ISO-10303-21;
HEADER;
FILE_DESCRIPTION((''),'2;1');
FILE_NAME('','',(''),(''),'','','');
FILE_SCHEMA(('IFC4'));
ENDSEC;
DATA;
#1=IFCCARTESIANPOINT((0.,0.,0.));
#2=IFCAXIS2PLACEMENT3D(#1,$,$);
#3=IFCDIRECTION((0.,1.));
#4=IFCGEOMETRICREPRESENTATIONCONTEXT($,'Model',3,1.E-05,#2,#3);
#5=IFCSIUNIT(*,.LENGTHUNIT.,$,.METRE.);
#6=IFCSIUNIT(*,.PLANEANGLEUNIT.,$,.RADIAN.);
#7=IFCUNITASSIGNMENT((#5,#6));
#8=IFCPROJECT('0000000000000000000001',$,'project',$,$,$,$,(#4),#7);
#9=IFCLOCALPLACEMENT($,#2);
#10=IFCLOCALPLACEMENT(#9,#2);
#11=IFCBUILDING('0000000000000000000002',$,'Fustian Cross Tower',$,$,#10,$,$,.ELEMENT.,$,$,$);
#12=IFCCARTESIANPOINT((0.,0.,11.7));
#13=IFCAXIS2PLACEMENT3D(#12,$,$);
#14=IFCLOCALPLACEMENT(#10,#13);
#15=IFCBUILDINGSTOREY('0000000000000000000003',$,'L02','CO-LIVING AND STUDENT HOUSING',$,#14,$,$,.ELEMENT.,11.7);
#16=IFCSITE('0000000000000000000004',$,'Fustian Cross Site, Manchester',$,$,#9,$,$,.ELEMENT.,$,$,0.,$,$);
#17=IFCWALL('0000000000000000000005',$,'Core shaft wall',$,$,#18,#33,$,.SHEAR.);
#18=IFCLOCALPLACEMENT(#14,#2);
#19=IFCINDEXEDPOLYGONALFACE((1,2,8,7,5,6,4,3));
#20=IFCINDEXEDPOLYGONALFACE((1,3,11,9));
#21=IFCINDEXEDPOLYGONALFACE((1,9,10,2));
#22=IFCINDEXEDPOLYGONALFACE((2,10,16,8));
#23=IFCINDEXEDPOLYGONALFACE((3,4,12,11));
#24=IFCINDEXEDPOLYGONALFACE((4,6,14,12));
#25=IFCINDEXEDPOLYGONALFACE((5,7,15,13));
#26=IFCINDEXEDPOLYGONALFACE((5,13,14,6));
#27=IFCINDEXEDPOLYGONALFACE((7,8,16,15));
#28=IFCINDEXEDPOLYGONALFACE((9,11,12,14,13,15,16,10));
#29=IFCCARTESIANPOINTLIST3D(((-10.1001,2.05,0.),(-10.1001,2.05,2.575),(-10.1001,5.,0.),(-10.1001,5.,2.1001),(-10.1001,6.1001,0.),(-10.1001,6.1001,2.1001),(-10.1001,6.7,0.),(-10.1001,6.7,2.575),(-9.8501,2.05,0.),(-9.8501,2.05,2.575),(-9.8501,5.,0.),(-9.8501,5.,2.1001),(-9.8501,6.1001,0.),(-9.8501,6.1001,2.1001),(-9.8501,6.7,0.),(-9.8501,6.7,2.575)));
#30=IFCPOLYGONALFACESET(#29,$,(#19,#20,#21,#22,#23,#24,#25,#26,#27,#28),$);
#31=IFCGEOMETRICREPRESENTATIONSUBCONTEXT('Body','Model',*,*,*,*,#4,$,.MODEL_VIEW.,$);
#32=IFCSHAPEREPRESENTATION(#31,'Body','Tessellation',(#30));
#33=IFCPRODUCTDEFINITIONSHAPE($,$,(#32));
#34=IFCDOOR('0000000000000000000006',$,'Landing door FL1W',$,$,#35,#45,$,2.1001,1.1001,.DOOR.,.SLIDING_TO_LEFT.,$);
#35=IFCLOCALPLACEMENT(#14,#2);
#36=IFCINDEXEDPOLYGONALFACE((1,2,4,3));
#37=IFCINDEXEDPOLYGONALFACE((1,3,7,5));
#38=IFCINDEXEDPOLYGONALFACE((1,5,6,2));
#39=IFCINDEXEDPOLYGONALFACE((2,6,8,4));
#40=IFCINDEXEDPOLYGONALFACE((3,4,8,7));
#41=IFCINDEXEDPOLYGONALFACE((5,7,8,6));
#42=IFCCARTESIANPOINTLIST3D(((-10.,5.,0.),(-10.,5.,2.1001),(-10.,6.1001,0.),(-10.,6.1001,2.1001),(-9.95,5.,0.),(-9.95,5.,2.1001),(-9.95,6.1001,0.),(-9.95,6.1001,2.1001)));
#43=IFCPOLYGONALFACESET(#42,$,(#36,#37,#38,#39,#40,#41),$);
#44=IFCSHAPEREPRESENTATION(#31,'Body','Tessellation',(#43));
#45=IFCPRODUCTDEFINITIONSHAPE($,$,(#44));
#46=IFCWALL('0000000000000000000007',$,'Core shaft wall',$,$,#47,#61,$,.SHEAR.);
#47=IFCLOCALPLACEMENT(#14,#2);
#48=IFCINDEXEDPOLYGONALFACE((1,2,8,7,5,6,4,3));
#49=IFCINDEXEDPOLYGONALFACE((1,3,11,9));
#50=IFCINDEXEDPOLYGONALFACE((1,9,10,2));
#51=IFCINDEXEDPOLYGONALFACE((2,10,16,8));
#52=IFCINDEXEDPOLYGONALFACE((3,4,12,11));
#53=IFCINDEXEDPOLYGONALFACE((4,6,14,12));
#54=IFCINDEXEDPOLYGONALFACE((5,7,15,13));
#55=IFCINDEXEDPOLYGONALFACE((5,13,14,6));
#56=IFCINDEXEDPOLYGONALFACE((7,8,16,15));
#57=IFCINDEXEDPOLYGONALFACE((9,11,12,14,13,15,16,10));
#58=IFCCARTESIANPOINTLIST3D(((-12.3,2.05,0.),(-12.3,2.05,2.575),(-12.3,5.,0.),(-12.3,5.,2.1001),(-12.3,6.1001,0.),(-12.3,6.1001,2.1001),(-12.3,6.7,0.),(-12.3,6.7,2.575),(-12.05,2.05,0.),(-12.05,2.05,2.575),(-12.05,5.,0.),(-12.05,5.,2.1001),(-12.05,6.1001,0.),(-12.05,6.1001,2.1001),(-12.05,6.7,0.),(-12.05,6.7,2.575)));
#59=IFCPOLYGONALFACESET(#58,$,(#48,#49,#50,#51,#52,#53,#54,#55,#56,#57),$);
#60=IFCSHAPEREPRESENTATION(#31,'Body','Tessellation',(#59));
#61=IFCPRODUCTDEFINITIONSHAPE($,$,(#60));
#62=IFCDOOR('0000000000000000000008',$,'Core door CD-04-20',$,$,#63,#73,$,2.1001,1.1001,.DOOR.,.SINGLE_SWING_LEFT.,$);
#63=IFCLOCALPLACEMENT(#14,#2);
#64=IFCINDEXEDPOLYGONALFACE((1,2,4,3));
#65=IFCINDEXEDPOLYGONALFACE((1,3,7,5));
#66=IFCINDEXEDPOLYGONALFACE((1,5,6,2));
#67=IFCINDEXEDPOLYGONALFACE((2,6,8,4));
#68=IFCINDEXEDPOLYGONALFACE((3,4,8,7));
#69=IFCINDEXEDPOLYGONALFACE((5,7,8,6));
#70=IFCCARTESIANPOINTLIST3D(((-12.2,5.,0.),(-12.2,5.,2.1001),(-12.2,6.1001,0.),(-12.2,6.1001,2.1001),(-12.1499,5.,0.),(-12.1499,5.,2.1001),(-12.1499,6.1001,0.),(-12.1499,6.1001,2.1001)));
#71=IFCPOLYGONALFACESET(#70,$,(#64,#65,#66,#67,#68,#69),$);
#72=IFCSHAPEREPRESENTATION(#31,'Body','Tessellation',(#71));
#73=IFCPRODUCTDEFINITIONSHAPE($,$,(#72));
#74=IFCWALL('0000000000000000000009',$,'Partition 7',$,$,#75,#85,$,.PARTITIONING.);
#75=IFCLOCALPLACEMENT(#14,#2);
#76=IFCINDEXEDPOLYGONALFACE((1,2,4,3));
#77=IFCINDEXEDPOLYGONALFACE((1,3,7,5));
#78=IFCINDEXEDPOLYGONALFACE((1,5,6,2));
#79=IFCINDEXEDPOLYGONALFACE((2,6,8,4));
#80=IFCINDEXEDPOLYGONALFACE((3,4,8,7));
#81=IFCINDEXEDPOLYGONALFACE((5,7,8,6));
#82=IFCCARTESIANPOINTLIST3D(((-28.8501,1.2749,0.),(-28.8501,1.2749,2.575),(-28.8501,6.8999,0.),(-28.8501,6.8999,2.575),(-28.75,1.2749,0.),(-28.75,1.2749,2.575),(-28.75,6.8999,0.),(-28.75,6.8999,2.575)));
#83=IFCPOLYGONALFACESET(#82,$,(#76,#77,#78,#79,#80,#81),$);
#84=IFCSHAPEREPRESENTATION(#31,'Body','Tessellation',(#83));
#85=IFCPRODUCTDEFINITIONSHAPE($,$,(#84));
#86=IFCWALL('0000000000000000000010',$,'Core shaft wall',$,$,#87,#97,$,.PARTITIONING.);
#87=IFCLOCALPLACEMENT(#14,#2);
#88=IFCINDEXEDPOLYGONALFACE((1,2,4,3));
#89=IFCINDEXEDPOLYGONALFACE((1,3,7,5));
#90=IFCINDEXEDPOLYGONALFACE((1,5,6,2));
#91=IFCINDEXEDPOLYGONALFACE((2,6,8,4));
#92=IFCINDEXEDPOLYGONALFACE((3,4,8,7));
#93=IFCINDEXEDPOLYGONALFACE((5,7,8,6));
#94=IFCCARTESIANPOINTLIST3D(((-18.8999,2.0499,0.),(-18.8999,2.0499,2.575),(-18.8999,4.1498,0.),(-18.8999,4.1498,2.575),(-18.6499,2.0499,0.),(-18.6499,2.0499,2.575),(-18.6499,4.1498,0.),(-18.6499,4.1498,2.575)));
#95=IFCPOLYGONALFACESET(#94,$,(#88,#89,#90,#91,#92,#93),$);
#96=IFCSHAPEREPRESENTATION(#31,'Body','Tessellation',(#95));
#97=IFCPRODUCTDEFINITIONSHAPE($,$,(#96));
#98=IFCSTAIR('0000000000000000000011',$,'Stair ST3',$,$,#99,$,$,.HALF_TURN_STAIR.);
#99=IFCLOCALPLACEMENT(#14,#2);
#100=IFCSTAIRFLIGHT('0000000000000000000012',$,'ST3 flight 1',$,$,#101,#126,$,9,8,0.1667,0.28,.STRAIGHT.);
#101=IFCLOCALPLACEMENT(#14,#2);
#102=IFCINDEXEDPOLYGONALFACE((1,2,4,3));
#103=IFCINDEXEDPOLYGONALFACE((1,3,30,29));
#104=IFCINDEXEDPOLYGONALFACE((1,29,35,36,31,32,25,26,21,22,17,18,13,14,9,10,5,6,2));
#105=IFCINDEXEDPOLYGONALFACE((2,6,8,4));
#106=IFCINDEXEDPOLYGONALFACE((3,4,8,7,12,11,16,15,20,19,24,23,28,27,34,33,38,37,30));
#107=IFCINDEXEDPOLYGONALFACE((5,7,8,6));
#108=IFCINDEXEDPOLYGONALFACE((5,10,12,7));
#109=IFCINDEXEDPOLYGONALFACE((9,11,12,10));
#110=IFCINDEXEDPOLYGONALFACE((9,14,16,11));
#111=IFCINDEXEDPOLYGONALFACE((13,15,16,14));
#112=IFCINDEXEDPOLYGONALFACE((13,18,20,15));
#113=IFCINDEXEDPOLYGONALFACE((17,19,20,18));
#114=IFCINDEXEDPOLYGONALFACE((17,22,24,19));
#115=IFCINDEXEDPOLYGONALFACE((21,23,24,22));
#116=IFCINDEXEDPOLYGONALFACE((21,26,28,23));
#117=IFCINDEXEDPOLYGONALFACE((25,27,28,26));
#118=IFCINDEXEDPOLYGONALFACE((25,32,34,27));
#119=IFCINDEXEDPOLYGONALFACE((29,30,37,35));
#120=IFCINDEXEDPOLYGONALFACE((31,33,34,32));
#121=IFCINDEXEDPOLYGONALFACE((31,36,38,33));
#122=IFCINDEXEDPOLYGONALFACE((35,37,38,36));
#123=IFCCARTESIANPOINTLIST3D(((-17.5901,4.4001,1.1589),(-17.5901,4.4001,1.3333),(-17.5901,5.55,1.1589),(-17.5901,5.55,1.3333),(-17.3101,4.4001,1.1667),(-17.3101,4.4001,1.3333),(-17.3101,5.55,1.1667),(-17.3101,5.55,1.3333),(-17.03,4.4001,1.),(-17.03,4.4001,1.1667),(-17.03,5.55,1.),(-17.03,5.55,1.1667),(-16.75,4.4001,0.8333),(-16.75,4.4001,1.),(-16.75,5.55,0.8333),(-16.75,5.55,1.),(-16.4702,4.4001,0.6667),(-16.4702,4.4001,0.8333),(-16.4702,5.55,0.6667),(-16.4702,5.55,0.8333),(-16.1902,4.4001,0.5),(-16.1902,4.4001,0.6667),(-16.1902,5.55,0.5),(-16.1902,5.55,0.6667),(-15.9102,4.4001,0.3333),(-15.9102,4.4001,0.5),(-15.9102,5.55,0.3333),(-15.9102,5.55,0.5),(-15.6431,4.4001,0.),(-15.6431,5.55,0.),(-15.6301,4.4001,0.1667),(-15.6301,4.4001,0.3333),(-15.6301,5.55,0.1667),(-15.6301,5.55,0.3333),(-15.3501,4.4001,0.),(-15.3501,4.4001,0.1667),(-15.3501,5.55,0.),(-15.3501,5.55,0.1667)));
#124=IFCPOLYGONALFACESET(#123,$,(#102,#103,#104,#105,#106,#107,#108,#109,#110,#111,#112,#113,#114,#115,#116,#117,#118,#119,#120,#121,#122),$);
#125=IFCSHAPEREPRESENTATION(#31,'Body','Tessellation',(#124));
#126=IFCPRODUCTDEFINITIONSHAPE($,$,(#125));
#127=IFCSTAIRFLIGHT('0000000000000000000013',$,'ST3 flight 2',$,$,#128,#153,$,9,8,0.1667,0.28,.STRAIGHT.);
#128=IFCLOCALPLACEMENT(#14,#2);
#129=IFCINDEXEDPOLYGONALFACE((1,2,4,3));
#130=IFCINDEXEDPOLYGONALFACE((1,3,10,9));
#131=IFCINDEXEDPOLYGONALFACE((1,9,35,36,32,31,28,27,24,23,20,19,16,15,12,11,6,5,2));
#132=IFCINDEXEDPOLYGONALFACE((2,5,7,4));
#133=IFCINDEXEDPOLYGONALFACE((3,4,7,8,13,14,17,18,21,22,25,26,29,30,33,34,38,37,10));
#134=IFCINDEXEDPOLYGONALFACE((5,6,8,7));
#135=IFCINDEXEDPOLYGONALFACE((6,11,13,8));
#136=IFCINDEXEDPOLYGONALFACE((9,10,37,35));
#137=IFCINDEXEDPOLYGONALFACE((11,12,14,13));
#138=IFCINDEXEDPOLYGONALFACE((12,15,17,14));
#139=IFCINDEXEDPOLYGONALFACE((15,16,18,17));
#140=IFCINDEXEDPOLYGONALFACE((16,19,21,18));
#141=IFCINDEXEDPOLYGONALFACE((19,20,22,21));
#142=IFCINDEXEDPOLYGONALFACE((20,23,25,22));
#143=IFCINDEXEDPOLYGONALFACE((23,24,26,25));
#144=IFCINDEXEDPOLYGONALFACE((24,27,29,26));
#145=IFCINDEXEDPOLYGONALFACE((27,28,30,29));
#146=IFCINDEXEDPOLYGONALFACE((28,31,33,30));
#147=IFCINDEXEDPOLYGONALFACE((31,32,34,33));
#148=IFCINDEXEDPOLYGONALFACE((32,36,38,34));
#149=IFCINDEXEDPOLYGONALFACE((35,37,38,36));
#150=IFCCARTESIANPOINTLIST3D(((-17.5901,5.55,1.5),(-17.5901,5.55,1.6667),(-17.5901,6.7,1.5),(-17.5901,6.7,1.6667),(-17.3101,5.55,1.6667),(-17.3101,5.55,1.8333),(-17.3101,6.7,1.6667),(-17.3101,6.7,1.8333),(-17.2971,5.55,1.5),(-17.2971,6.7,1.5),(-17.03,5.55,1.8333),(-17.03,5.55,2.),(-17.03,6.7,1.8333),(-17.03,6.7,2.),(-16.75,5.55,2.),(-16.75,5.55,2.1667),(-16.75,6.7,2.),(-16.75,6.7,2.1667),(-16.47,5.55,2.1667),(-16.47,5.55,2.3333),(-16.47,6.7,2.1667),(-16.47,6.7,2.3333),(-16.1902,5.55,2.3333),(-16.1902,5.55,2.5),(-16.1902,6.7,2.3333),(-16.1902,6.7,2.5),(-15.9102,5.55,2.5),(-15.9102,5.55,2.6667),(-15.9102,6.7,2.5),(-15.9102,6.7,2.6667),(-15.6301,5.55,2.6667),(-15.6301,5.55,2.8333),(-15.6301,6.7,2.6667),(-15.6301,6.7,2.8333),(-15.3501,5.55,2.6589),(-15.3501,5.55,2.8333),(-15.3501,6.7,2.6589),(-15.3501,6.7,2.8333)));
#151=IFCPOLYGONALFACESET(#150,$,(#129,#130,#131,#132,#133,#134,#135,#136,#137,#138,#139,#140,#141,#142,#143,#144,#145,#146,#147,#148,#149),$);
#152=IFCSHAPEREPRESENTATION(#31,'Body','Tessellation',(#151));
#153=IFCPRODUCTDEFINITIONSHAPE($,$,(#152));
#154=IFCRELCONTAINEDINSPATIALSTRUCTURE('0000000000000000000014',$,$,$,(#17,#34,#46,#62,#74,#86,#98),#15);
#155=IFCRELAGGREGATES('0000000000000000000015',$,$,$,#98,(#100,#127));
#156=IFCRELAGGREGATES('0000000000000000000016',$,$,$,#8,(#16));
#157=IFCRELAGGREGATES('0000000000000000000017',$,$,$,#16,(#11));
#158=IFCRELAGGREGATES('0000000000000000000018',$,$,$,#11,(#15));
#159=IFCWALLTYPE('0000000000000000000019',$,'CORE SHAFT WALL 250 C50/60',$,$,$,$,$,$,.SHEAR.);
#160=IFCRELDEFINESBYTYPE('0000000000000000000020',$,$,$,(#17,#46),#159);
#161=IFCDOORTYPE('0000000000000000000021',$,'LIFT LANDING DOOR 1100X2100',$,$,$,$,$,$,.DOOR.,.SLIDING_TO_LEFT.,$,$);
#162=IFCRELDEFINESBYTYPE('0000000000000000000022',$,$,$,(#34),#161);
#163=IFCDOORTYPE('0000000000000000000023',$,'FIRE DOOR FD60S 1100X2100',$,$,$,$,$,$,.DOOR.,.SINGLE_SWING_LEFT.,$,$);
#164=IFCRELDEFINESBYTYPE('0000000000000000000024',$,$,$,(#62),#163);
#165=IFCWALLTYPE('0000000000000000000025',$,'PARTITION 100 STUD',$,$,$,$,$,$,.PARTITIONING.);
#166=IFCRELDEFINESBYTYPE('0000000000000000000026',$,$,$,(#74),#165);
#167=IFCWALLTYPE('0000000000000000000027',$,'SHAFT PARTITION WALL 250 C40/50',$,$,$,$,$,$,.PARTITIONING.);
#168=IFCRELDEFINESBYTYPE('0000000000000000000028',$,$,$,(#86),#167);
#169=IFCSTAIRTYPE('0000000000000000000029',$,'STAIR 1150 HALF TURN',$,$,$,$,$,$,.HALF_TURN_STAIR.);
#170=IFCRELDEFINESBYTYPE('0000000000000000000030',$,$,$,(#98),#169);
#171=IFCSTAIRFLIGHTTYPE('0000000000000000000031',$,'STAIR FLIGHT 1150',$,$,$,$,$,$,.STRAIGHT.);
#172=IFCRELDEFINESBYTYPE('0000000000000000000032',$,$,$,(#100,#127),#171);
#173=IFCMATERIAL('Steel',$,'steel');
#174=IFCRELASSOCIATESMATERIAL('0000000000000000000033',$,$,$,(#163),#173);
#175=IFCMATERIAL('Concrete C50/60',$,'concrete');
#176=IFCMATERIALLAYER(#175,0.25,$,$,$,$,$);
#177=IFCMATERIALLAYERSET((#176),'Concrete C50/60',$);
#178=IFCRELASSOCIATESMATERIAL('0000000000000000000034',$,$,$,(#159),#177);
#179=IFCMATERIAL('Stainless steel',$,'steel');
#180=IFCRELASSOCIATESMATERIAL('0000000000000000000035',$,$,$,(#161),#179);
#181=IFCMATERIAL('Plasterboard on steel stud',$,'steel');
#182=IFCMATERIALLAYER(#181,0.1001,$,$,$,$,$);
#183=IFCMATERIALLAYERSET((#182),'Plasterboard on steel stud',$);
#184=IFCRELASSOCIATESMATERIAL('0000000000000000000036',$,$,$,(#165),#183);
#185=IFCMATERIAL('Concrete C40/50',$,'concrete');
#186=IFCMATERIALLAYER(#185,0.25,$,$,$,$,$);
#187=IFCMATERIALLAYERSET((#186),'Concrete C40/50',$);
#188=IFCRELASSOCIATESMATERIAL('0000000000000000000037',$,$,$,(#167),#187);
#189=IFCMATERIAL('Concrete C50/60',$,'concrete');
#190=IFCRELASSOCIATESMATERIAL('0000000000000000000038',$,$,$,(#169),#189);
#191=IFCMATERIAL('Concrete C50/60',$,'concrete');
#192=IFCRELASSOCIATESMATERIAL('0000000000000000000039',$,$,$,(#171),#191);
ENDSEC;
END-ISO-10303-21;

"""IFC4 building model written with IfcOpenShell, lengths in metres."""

from ifc_helpers import new_model, si_unit, direction, frame, frame_2d, origin, place, context, subcontext, project, spatial, polyline, rectangle, outline, extrude, material, layer, layer_set, type_object, element, fill, aggregate, save


model = new_model("IFC4")

# Units and contexts
model_context = context("Model", 3, precision=1e-05, world=origin(), true_north=direction((0.0, 1.0)))
body_context = subcontext(model_context, "Body", "Model", "MODEL_VIEW")
ifc_project = project(units=[si_unit("LENGTHUNIT", "METRE"), si_unit("PLANEANGLEUNIT", "RADIAN")], contexts=[model_context])

# Site, building, storey
site_placement = place(None, origin())
site = spatial("IfcSite", under=ifc_project, at=site_placement, Name="Fustian Cross Site, Manchester", CompositionType="ELEMENT", RefElevation=0.0)
building_placement = place(site_placement, origin())
building = spatial("IfcBuilding", under=site, at=building_placement, Name="Fustian Cross Tower", CompositionType="ELEMENT")
storey_placement = place(building_placement, frame((0.0, 0.0, 11.7)))
storey = spatial("IfcBuildingStorey", under=building, at=storey_placement, Name="L02", Description="CO-LIVING AND STUDENT HOUSING", CompositionType="ELEMENT", Elevation=11.7)

# Shared definitions
ifc_material_1 = material(Name="Steel", Category="steel")
door_type_1 = type_object("IfcDoorType", Name="FIRE DOOR FD60S 1100X2100", OperationType="SINGLE_SWING_LEFT", PredefinedType="DOOR", material=ifc_material_1)

# Shared definitions
ifc_material_2 = material(Name="Concrete C50/60", Category="concrete")
ifc_layer_1 = layer(ifc_material_2, 0.25)
ifc_layer_set_1 = layer_set([ifc_layer_1], Name="Concrete C50/60")
wall_type_1 = type_object("IfcWallType", Name="CORE SHAFT WALL 250 C50/60", PredefinedType="SHEAR", material=ifc_layer_set_1)

# Walls, openings, doors
wall_1_placement = place(storey_placement, frame((-9.9751, 2.05, 0.0), z_axis=(0.0, 0.0, 1.0), x_axis=(0.0, 1.0, 0.0)))
wall_1 = element("IfcWall", 1, at=wall_1_placement, inside=storey, type_object=wall_type_1, Name="Core shaft wall", PredefinedType="SHEAR", context=body_context, shape_type="SweptSolid", body=[
    extrude(rectangle(XDim=4.6499, YDim=0.25, at=frame_2d((2.325, 0.0))), origin(), (0.0, 0.0, 1.0), 2.575),
])
opening_1_placement = place(wall_1_placement, frame((2.95, 0.0, 0.0)))
opening_1 = element("IfcOpeningElement", 2, at=opening_1_placement, cuts=wall_1, PredefinedType="OPENING", context=body_context, shape_type="SweptSolid", body=[
    extrude(rectangle(XDim=1.1001, YDim=2.1001, at=frame_2d((0.55, 1.05))), frame((0.0, 0.135, 0.0), z_axis=(0.0, -1.0, 0.0), x_axis=(1.0, 0.0, 0.0)), (0.0, 0.0, 1.0), 0.27),
])
ifc_material_3 = material(Name="Stainless steel", Category="steel")
door_type_2 = type_object("IfcDoorType", Name="LIFT LANDING DOOR 1100X2100", OperationType="SLIDING_TO_LEFT", PredefinedType="DOOR", material=ifc_material_3)
door_1_placement = place(opening_1_placement, origin())
door_1 = element("IfcDoor", 3, at=door_1_placement, inside=storey, type_object=door_type_2, Name="Landing door FL1W", OperationType="SLIDING_TO_LEFT", OverallHeight=2.1001, OverallWidth=1.1001, PredefinedType="DOOR", context=body_context, shape_type="SweptSolid", body=[
    extrude(rectangle(XDim=1.1001, YDim=2.1001, at=frame_2d((0.55, 1.05))), frame((0.0, 0.0249, 0.0), z_axis=(0.0, -1.0, 0.0), x_axis=(1.0, 0.0, 0.0)), (0.0, 0.0, 1.0), 0.05),
])
fill(opening_1, door_1)
wall_2_placement = place(storey_placement, frame((-12.175, 2.05, 0.0), z_axis=(0.0, 0.0, 1.0), x_axis=(0.0, 1.0, 0.0)))
wall_2 = element("IfcWall", 4, at=wall_2_placement, inside=storey, type_object=wall_type_1, Name="Core shaft wall", PredefinedType="SHEAR", context=body_context, shape_type="SweptSolid", body=[
    extrude(rectangle(XDim=4.6499, YDim=0.25, at=frame_2d((2.325, 0.0))), origin(), (0.0, 0.0, 1.0), 2.575),
])
opening_2_placement = place(wall_2_placement, frame((2.95, 0.0, 0.0)))
opening_2 = element("IfcOpeningElement", 5, at=opening_2_placement, cuts=wall_2, PredefinedType="OPENING", context=body_context, shape_type="SweptSolid", body=[
    extrude(rectangle(XDim=1.1001, YDim=2.1001, at=frame_2d((0.55, 1.05))), frame((0.0, 0.135, 0.0), z_axis=(0.0, -1.0, 0.0), x_axis=(1.0, 0.0, 0.0)), (0.0, 0.0, 1.0), 0.27),
])
door_2_placement = place(opening_2_placement, origin())
door_2 = element("IfcDoor", 6, at=door_2_placement, inside=storey, type_object=door_type_1, Name="Core door CD-04-20", OperationType="SINGLE_SWING_LEFT", OverallHeight=2.1001, OverallWidth=1.1001, PredefinedType="DOOR", context=body_context, shape_type="SweptSolid", body=[
    extrude(rectangle(XDim=1.1001, YDim=2.1001, at=frame_2d((0.55, 1.05))), frame((0.0, 0.0249, 0.0), z_axis=(0.0, -1.0, 0.0), x_axis=(1.0, 0.0, 0.0)), (0.0, 0.0, 1.0), 0.05),
])
fill(opening_2, door_2)

# Walls
ifc_material_4 = material(Name="Plasterboard on steel stud", Category="steel")
ifc_layer_2 = layer(ifc_material_4, 0.1001)
ifc_layer_set_2 = layer_set([ifc_layer_2], Name="Plasterboard on steel stud")
wall_type_2 = type_object("IfcWallType", Name="PARTITION 100 STUD", PredefinedType="PARTITIONING", material=ifc_layer_set_2)
wall_3_placement = place(storey_placement, frame((-28.8, 1.2749, 0.0), z_axis=(0.0, 0.0, 1.0), x_axis=(0.0, 1.0, 0.0)))
element("IfcWall", 7, at=wall_3_placement, inside=storey, type_object=wall_type_2, Name="Partition 7", PredefinedType="PARTITIONING", context=body_context, shape_type="SweptSolid", body=[
    extrude(rectangle(XDim=5.625, YDim=0.1001, at=frame_2d((2.8125, 0.0))), origin(), (0.0, 0.0, 1.0), 2.575),
])
ifc_material_5 = material(Name="Concrete C40/50", Category="concrete")
ifc_layer_3 = layer(ifc_material_5, 0.25)
ifc_layer_set_3 = layer_set([ifc_layer_3], Name="Concrete C40/50")
wall_type_3 = type_object("IfcWallType", Name="SHAFT PARTITION WALL 250 C40/50", PredefinedType="PARTITIONING", material=ifc_layer_set_3)
wall_4_placement = place(storey_placement, frame((-18.7749, 2.05, 0.0), z_axis=(0.0, 0.0, 1.0), x_axis=(0.0, 1.0, 0.0)))
element("IfcWall", 8, at=wall_4_placement, inside=storey, type_object=wall_type_3, Name="Core shaft wall", PredefinedType="PARTITIONING", context=body_context, shape_type="SweptSolid", body=[
    extrude(rectangle(XDim=2.0999, YDim=0.25, at=frame_2d((1.0498, 0.0))), origin(), (0.0, 0.0, 1.0), 2.575),
])

# Stair, stair flights
ifc_material_6 = material(Name="Concrete C50/60", Category="concrete")
stair_type = type_object("IfcStairType", Name="STAIR 1150 HALF TURN", PredefinedType="HALF_TURN_STAIR", material=ifc_material_6)
stair_placement = place(storey_placement, origin())
stair = element("IfcStair", 9, at=stair_placement, inside=storey, type_object=stair_type, Name="Stair ST3", PredefinedType="HALF_TURN_STAIR")
ifc_material_7 = material(Name="Concrete C50/60", Category="concrete")
stair_flight_type = type_object("IfcStairFlightType", Name="STAIR FLIGHT 1150", PredefinedType="STRAIGHT", material=ifc_material_7)
stair_flight_1_placement = place(storey_placement, frame((-15.3501, 4.9751, 0.0), z_axis=(0.0, 0.0, 1.0), x_axis=(-1.0, 0.0, 0.0)))
stair_flight_1 = element("IfcStairFlight", 10, at=stair_flight_1_placement, type_object=stair_flight_type, Name="ST3 flight 1", NumberOfRisers=9, NumberOfTreads=8, PredefinedType="STRAIGHT", RiserHeight=0.1667, TreadLength=0.28, context=body_context, shape_type="SweptSolid", body=[
    extrude(outline(polyline([(0.0, 0.0), (0.0, 0.1667), (0.28, 0.1667), (0.28, 0.3333), (0.5601, 0.3333), (0.5601, 0.5), (0.8401, 0.5), (0.8401, 0.6667), (1.1201, 0.6667), (1.1201, 0.8333), (1.3999, 0.8333), (1.3999, 1.0), (1.6799, 1.0), (1.6799, 1.1667), (1.96, 1.1667), (1.96, 1.3333), (2.24, 1.3333), (2.24, 1.5), (2.24, 1.1589), (0.293, 0.0), (0.0, 0.0)])), frame((0.0, 0.575, 0.0), z_axis=(0.0, -1.0, 0.0), x_axis=(1.0, 0.0, 0.0)), (0.0, 0.0, 1.0), 1.1499),
])
stair_flight_2_placement = place(storey_placement, frame((-17.5901, 6.125, 1.5), z_axis=(0.0, 0.0, 1.0), x_axis=(1.0, 0.0, 0.0)))
stair_flight_2 = element("IfcStairFlight", 11, at=stair_flight_2_placement, type_object=stair_flight_type, Name="ST3 flight 2", NumberOfRisers=9, NumberOfTreads=8, PredefinedType="STRAIGHT", RiserHeight=0.1667, TreadLength=0.28, context=body_context, shape_type="SweptSolid", body=[
    extrude(outline(polyline([(0.0, 0.0), (0.0, 0.1667), (0.28, 0.1667), (0.28, 0.3333), (0.5601, 0.3333), (0.5601, 0.5), (0.8401, 0.5), (0.8401, 0.6667), (1.1201, 0.6667), (1.1201, 0.8333), (1.3999, 0.8333), (1.3999, 1.0), (1.6799, 1.0), (1.6799, 1.1667), (1.96, 1.1667), (1.96, 1.3333), (2.24, 1.3333), (2.24, 1.5), (2.24, 1.1589), (0.293, 0.0), (0.0, 0.0)])), frame((0.0, 0.575, 0.0), z_axis=(0.0, -1.0, 0.0), x_axis=(1.0, 0.0, 0.0)), (0.0, 0.0, 1.0), 1.1499),
])
aggregate(stair, [stair_flight_1, stair_flight_2])

save(model, "model.ifc")
